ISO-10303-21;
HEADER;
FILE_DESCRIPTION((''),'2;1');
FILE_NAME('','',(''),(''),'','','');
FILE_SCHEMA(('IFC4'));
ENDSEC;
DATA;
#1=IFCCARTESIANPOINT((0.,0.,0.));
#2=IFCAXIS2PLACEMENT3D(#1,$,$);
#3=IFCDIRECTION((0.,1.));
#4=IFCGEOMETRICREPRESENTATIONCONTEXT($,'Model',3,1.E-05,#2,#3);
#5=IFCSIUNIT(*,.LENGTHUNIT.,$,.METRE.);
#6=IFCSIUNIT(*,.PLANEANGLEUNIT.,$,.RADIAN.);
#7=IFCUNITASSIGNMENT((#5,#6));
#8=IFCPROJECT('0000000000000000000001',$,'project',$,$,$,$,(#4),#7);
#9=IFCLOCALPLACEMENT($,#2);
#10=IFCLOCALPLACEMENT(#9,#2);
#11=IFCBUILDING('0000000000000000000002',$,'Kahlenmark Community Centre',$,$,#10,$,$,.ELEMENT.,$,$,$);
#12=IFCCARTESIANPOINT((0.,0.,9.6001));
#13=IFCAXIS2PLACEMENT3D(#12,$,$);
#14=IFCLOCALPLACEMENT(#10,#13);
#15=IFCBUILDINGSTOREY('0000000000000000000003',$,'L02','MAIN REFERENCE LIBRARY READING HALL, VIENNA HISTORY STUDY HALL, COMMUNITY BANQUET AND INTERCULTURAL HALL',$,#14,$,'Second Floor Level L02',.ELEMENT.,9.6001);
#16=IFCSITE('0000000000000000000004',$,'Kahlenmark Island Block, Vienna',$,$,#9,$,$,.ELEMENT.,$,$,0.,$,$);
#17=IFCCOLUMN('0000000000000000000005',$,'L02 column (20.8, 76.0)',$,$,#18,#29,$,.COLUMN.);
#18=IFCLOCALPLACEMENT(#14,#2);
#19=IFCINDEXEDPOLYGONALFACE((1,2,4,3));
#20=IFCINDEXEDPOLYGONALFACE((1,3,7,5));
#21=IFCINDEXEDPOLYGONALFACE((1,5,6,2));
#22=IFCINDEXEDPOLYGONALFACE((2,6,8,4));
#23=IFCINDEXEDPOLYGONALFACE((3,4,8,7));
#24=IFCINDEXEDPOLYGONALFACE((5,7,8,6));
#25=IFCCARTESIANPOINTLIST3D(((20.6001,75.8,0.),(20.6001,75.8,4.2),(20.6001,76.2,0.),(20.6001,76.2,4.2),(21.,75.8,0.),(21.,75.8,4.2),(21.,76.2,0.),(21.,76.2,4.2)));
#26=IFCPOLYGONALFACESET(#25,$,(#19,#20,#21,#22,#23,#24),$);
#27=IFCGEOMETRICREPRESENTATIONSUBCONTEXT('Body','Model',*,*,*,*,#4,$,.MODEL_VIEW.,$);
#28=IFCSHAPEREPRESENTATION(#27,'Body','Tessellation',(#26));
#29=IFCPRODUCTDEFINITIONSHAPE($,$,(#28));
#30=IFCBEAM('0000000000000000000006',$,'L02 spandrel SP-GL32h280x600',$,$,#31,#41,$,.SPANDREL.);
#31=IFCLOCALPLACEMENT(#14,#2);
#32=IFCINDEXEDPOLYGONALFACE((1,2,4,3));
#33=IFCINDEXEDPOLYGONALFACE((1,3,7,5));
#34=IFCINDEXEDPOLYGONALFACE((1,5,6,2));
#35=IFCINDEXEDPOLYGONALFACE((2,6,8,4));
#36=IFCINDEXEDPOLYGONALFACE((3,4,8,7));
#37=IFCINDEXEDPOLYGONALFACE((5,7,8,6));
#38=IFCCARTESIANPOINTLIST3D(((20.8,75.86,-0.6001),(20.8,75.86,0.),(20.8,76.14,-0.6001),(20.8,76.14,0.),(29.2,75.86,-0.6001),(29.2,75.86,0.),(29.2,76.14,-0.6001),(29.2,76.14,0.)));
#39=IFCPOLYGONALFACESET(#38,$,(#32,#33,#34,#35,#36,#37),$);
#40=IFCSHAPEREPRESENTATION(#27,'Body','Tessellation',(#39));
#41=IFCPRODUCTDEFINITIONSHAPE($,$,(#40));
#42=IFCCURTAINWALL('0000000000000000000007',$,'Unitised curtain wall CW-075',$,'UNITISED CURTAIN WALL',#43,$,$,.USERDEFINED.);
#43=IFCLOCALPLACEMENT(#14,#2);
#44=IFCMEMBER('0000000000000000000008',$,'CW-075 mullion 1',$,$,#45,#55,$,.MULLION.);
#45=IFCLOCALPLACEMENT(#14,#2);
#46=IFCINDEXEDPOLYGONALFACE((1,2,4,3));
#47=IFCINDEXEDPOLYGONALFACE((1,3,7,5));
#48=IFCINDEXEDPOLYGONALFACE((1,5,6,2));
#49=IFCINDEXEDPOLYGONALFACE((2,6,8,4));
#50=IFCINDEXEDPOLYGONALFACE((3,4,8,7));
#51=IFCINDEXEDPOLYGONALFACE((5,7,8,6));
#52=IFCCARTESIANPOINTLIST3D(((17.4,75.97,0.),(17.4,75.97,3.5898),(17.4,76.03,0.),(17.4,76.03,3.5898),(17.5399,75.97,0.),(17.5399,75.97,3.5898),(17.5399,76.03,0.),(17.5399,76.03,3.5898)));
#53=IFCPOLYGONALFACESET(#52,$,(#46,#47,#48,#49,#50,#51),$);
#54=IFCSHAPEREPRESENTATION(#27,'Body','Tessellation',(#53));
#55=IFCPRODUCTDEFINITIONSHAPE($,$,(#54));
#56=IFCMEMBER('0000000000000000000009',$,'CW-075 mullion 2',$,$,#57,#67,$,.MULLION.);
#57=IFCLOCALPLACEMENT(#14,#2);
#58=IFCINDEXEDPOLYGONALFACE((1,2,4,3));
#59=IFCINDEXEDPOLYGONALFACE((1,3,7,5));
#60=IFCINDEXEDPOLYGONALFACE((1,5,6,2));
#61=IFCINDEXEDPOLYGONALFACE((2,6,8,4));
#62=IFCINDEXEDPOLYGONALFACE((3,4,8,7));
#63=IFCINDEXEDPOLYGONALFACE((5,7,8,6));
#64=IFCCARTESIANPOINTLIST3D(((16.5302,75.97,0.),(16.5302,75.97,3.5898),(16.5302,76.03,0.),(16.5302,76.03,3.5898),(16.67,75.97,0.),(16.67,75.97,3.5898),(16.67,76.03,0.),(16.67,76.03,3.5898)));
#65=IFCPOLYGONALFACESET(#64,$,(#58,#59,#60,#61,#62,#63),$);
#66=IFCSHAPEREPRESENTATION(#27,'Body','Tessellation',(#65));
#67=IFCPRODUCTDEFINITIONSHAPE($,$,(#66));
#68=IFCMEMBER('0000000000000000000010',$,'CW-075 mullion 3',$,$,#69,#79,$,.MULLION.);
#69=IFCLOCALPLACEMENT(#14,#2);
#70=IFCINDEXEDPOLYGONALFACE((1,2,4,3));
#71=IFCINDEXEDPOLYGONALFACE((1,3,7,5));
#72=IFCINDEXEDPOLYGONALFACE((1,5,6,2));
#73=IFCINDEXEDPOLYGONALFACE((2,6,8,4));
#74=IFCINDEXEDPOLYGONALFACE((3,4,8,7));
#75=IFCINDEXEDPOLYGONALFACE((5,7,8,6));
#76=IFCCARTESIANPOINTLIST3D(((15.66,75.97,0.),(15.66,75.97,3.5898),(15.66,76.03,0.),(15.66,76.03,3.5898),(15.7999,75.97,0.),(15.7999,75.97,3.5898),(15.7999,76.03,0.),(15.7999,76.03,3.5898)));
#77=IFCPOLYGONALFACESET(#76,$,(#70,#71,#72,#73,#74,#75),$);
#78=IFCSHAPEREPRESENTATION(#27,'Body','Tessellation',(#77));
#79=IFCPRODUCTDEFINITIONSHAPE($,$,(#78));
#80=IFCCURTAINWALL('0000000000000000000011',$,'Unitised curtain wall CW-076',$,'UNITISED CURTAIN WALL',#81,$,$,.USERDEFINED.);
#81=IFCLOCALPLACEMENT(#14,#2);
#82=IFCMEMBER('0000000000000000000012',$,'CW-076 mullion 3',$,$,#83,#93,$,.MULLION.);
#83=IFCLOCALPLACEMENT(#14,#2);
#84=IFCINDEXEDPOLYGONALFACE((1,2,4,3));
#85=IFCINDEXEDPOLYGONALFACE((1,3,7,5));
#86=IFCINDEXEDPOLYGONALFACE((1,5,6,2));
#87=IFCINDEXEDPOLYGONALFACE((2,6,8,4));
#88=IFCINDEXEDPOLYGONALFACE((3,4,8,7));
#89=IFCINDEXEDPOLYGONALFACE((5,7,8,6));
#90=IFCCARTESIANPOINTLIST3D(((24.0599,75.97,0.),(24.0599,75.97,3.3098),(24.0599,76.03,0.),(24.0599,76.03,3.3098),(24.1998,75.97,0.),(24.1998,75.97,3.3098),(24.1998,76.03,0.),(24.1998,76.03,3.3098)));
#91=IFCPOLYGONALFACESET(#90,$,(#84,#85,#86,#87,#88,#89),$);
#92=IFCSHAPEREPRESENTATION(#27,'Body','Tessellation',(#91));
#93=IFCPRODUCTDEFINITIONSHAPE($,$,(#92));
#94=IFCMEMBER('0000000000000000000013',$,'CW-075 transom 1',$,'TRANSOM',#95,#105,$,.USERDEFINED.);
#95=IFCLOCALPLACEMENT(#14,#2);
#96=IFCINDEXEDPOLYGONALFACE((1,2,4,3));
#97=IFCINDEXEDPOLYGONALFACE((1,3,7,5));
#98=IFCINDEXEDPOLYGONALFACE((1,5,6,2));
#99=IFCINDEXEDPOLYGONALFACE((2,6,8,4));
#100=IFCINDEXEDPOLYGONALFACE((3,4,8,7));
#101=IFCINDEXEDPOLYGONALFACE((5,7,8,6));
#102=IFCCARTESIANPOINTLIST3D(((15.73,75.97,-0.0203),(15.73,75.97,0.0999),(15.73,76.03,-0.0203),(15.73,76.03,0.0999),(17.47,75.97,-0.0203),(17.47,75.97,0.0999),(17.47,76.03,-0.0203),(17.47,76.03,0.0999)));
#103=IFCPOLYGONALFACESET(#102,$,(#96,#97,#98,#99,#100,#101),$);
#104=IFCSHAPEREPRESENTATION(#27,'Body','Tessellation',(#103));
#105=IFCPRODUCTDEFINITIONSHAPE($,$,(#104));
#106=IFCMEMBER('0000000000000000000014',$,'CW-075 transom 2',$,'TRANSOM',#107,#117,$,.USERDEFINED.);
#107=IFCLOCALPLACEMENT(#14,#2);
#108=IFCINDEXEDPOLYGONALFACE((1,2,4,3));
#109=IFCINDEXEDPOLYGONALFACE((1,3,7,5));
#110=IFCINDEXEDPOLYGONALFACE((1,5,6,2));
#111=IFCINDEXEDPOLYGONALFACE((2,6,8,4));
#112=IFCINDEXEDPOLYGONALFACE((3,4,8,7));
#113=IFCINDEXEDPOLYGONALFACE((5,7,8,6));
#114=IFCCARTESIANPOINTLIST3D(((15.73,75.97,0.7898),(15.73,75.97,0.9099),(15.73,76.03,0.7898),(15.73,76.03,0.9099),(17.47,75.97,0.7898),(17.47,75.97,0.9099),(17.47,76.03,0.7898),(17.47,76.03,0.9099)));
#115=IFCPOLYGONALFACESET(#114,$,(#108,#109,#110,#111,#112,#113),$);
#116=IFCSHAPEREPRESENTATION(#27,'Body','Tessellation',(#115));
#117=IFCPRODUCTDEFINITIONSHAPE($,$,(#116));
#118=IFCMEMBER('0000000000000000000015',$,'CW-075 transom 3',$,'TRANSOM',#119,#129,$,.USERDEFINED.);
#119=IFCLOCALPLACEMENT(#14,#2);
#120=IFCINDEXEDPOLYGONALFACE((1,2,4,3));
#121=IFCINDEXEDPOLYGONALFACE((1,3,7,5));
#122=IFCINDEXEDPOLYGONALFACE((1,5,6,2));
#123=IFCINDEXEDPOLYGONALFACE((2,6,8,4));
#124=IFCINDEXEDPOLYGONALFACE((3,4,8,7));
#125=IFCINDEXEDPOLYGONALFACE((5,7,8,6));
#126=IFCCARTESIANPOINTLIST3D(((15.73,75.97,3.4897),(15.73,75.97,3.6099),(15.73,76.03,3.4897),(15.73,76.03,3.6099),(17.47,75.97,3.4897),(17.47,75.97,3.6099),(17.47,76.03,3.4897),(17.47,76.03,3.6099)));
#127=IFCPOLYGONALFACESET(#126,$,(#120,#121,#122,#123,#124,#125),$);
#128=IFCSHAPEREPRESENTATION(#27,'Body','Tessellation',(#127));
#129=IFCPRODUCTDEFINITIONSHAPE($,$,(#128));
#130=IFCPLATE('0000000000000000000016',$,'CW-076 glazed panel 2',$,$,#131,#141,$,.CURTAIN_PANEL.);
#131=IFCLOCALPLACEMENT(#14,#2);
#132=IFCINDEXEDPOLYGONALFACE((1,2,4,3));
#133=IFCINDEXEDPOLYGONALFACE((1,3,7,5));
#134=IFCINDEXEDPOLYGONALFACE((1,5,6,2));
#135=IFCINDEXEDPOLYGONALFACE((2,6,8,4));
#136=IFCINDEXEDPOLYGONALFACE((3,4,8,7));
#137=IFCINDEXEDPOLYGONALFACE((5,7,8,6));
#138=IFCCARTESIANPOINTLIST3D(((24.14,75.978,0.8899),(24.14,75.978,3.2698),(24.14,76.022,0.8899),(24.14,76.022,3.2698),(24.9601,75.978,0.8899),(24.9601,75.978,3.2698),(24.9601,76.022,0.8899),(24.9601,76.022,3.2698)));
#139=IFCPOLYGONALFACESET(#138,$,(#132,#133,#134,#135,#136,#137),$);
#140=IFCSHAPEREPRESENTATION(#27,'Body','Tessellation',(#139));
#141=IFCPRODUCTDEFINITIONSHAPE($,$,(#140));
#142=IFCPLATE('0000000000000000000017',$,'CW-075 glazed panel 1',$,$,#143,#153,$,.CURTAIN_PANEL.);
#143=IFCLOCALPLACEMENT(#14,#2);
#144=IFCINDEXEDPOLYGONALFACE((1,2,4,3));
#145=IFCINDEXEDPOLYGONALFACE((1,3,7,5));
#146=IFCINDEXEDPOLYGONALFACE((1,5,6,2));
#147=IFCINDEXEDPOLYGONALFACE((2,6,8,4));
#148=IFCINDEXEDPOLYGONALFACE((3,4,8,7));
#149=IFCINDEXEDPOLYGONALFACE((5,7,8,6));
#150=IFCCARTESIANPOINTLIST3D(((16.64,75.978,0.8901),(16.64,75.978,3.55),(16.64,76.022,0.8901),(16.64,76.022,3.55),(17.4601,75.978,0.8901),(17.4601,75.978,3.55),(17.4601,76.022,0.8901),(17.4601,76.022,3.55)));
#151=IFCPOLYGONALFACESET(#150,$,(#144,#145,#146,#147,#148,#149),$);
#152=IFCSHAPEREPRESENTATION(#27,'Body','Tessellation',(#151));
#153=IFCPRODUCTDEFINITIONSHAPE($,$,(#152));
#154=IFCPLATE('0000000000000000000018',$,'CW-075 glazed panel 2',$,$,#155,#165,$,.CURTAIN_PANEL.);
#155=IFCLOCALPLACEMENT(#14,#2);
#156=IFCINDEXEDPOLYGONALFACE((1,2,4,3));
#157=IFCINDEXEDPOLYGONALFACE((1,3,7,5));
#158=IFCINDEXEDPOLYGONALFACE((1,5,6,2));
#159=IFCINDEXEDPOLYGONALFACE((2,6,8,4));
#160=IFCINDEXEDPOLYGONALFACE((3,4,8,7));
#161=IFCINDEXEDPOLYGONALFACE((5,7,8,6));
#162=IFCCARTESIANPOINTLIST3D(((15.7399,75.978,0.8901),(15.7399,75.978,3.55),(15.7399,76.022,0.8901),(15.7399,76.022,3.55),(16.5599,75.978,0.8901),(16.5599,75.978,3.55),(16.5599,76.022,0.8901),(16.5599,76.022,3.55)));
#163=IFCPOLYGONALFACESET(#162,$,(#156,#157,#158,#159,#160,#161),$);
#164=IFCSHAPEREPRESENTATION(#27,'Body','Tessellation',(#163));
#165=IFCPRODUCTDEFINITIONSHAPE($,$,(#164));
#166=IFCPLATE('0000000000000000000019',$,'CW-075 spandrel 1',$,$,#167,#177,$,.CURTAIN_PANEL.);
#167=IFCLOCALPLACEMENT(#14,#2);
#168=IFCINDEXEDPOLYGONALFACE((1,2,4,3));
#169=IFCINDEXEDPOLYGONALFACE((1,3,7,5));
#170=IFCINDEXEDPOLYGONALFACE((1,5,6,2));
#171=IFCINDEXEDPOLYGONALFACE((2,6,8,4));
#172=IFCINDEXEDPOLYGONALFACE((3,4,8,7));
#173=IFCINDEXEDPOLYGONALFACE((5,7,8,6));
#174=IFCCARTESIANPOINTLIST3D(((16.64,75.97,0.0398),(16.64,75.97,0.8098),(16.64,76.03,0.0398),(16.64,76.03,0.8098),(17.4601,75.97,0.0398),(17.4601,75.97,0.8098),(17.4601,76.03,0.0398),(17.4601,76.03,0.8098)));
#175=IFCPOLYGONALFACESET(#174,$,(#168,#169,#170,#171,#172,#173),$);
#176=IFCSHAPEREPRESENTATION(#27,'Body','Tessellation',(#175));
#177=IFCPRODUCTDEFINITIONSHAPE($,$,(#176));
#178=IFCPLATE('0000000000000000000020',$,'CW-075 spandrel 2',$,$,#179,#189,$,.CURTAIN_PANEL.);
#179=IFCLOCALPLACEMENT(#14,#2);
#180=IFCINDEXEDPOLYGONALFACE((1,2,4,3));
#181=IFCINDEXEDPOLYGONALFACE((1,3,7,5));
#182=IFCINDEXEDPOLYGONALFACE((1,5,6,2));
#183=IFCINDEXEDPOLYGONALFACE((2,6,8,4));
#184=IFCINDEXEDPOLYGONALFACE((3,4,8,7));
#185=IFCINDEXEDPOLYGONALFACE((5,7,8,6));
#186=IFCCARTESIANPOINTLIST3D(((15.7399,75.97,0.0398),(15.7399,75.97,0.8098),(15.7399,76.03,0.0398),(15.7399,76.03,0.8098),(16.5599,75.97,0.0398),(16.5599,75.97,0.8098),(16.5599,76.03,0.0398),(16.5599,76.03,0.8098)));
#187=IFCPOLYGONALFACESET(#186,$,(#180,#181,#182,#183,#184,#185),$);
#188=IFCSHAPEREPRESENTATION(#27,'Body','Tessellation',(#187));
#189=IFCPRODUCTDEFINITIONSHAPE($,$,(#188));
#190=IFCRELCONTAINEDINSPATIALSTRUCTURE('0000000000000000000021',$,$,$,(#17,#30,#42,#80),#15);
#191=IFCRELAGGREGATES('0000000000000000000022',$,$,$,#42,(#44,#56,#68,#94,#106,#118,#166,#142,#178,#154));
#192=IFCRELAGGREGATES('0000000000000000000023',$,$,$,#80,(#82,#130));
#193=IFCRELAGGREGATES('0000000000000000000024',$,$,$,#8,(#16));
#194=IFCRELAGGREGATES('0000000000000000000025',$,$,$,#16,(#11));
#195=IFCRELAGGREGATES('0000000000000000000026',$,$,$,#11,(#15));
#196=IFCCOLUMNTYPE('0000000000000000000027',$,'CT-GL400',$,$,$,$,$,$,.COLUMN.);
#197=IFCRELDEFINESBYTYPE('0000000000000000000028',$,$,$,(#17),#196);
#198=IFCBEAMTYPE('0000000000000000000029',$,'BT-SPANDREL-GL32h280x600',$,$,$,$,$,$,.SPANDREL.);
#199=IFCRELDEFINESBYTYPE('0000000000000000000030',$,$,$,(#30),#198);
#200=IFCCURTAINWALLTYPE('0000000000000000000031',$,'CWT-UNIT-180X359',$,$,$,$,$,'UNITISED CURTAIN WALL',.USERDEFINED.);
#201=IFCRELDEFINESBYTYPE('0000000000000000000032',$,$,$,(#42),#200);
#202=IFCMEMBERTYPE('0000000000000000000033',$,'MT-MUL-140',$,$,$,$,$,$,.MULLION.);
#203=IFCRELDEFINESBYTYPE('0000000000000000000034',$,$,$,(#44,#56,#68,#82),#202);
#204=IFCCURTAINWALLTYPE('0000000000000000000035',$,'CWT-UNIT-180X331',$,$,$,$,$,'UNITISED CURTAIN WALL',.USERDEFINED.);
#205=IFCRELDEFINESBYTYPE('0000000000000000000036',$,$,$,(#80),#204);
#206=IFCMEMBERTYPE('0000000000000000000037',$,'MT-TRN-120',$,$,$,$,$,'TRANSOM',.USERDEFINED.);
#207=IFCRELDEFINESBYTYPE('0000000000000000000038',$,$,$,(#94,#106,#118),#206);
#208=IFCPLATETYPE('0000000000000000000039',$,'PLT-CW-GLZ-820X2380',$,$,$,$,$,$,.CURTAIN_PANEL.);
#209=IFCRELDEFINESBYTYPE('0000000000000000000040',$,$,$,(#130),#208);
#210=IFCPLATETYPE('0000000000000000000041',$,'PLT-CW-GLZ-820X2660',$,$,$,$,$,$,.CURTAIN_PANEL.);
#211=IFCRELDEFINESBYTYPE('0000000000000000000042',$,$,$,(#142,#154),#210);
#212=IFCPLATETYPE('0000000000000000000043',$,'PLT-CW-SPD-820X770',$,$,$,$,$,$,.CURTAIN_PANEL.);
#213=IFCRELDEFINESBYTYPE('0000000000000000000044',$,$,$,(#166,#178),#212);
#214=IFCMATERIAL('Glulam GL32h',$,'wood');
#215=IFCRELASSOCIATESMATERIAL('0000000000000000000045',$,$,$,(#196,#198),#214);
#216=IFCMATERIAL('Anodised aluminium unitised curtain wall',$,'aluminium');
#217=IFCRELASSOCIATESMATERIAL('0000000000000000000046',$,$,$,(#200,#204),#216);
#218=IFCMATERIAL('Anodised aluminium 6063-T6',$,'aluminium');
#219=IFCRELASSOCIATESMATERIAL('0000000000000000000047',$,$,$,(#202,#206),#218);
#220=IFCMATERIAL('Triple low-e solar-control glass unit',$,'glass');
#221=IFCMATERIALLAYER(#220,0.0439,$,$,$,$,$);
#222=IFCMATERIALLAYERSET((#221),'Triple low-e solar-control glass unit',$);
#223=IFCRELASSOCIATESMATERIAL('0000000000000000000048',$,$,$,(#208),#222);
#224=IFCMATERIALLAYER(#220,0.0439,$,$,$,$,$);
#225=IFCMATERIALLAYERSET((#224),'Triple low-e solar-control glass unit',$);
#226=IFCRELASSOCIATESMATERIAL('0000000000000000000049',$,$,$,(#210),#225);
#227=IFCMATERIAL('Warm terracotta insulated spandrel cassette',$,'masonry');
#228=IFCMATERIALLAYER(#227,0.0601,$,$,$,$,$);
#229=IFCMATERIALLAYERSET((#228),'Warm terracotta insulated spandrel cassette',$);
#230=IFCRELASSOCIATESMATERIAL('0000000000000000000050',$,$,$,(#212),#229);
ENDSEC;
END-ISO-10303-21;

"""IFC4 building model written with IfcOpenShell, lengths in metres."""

from ifc_helpers import new_model, si_unit, direction, frame, origin, origin_2d, place, context, subcontext, project, spatial, rectangle, extrude, material, layer, layer_set, material_profile, profile_set, type_object, element, aggregate, save


model = new_model("IFC4")

# Units and contexts
model_context = context("Model", 3, precision=1e-05, world=origin(), true_north=direction((0.0, 1.0)))
body_context = subcontext(model_context, "Body", "Model", "MODEL_VIEW")
ifc_project = project(units=[si_unit("LENGTHUNIT", "METRE"), si_unit("PLANEANGLEUNIT", "RADIAN")], contexts=[model_context])

# Site, building, storey
site_placement = place(None, origin())
site = spatial("IfcSite", under=ifc_project, at=site_placement, Name="Kahlenmark Island Block, Vienna", CompositionType="ELEMENT", RefElevation=0.0)
building_placement = place(site_placement, origin())
building = spatial("IfcBuilding", under=site, at=building_placement, Name="Kahlenmark Community Centre", CompositionType="ELEMENT")
storey_placement = place(building_placement, frame((0.0, 0.0, 9.6001)))
storey = spatial("IfcBuildingStorey", under=building, at=storey_placement, Name="L02", Description="MAIN REFERENCE LIBRARY READING HALL, VIENNA HISTORY STUDY HALL, COMMUNITY BANQUET AND INTERCULTURAL HALL", LongName="Second Floor Level L02", CompositionType="ELEMENT", Elevation=9.6001)

# Column
ifc_material_1 = material(Name="Glulam GL32h", Category="wood")
ifc_material_profile_1 = material_profile(ifc_material_1, rectangle(XDim=0.3999, YDim=0.3999, at=origin_2d()), Name="GL32h 400x400")
ifc_profile_set_1 = profile_set([ifc_material_profile_1], Name="Glulam GL32h")
column_type = type_object("IfcColumnType", Name="CT-GL400", PredefinedType="COLUMN", material=ifc_profile_set_1)
column_placement = place(storey_placement, frame((20.8, 76.0, 0.0), z_axis=(0.0, 0.0, 1.0), x_axis=(1.0, 0.0, 0.0)))
element("IfcColumn", 1, at=column_placement, inside=storey, type_object=column_type, Name="L02 column (20.8, 76.0)", PredefinedType="COLUMN", context=body_context, shape_type="SweptSolid", body=[
    extrude(rectangle(XDim=0.3999, YDim=0.3999, at=origin_2d()), origin(), (0.0, 0.0, 1.0), 4.2),
])

# Beam
ifc_material_profile_2 = material_profile(ifc_material_1, rectangle(XDim=0.28, YDim=0.6001, at=origin_2d()), Name="GL32h 280x600")
ifc_profile_set_2 = profile_set([ifc_material_profile_2], Name="Glulam GL32h")
beam_type = type_object("IfcBeamType", Name="BT-SPANDREL-GL32h280x600", PredefinedType="SPANDREL", material=ifc_profile_set_2)
beam_placement = place(storey_placement, frame((20.8, 76.0, -0.3), z_axis=(1.0, 0.0, 0.0), x_axis=(0.0, 1.0, 0.0)))
element("IfcBeam", 2, at=beam_placement, inside=storey, type_object=beam_type, Name="L02 spandrel SP-GL32h280x600", PredefinedType="SPANDREL", context=body_context, shape_type="SweptSolid", body=[
    extrude(rectangle(XDim=0.28, YDim=0.6001, at=origin_2d()), origin(), (0.0, 0.0, 1.0), 8.3999),
])

# Curtain wall, members
ifc_material_2 = material(Name="Anodised aluminium unitised curtain wall", Category="aluminium")
curtain_wall_type_1 = type_object("IfcCurtainWallType", Name="CWT-UNIT-180X359", ElementType="UNITISED CURTAIN WALL", PredefinedType="USERDEFINED", material=ifc_material_2)
curtain_wall_1_placement = place(storey_placement, origin())
curtain_wall_1 = element("IfcCurtainWall", 3, at=curtain_wall_1_placement, inside=storey, type_object=curtain_wall_type_1, Name="Unitised curtain wall CW-075", ObjectType="UNITISED CURTAIN WALL", PredefinedType="USERDEFINED")
ifc_material_3 = material(Name="Anodised aluminium 6063-T6", Category="aluminium")
ifc_material_profile_3 = material_profile(ifc_material_3, rectangle(XDim=0.0601, YDim=0.1399, at=origin_2d()), Name="ALU MULLION 60x140")
ifc_profile_set_3 = profile_set([ifc_material_profile_3], Name="Anodised aluminium 6063-T6")
member_type_1 = type_object("IfcMemberType", Name="MT-MUL-140", PredefinedType="MULLION", material=ifc_profile_set_3)
member_1_placement = place(storey_placement, frame((17.47, 76.0, 0.0), z_axis=(0.0, 0.0, 1.0), x_axis=(0.0, -1.0, 0.0)))
member_1 = element("IfcMember", 4, at=member_1_placement, type_object=member_type_1, Name="CW-075 mullion 1", PredefinedType="MULLION", context=body_context, shape_type="SweptSolid", body=[
    extrude(rectangle(XDim=0.0601, YDim=0.1399, at=origin_2d()), origin(), (0.0, 0.0, 1.0), 3.5898),
])
member_2_placement = place(storey_placement, frame((16.6001, 76.0, 0.0), z_axis=(0.0, 0.0, 1.0), x_axis=(0.0, -1.0, 0.0)))
member_2 = element("IfcMember", 5, at=member_2_placement, type_object=member_type_1, Name="CW-075 mullion 2", PredefinedType="MULLION", context=body_context, shape_type="SweptSolid", body=[
    extrude(rectangle(XDim=0.0601, YDim=0.1399, at=origin_2d()), origin(), (0.0, 0.0, 1.0), 3.5898),
])
member_3_placement = place(storey_placement, frame((15.73, 76.0, 0.0), z_axis=(0.0, 0.0, 1.0), x_axis=(0.0, -1.0, 0.0)))
member_3 = element("IfcMember", 6, at=member_3_placement, type_object=member_type_1, Name="CW-075 mullion 3", PredefinedType="MULLION", context=body_context, shape_type="SweptSolid", body=[
    extrude(rectangle(XDim=0.0601, YDim=0.1399, at=origin_2d()), origin(), (0.0, 0.0, 1.0), 3.5898),
])

# Curtain wall, member
curtain_wall_type_2 = type_object("IfcCurtainWallType", Name="CWT-UNIT-180X331", ElementType="UNITISED CURTAIN WALL", PredefinedType="USERDEFINED", material=ifc_material_2)
curtain_wall_2_placement = place(storey_placement, origin())
curtain_wall_2 = element("IfcCurtainWall", 7, at=curtain_wall_2_placement, inside=storey, type_object=curtain_wall_type_2, Name="Unitised curtain wall CW-076", ObjectType="UNITISED CURTAIN WALL", PredefinedType="USERDEFINED")
member_4_placement = place(storey_placement, frame((24.1299, 76.0, 0.0), z_axis=(0.0, 0.0, 1.0), x_axis=(0.0, -1.0, 0.0)))
member_4 = element("IfcMember", 8, at=member_4_placement, type_object=member_type_1, Name="CW-076 mullion 3", PredefinedType="MULLION", context=body_context, shape_type="SweptSolid", body=[
    extrude(rectangle(XDim=0.0601, YDim=0.1399, at=origin_2d()), origin(), (0.0, 0.0, 1.0), 3.3098),
])

# Members
ifc_material_profile_4 = material_profile(ifc_material_3, rectangle(XDim=0.0601, YDim=0.1201, at=origin_2d()), Name="ALU TRANSOM 60x120")
ifc_profile_set_4 = profile_set([ifc_material_profile_4], Name="Anodised aluminium 6063-T6")
member_type_2 = type_object("IfcMemberType", Name="MT-TRN-120", ElementType="TRANSOM", PredefinedType="USERDEFINED", material=ifc_profile_set_4)
member_5_placement = place(storey_placement, frame((17.47, 76.0, 0.0398), z_axis=(-1.0, 0.0, 0.0), x_axis=(0.0, -1.0, 0.0)))
member_5 = element("IfcMember", 9, at=member_5_placement, type_object=member_type_2, Name="CW-075 transom 1", ObjectType="TRANSOM", PredefinedType="USERDEFINED", context=body_context, shape_type="SweptSolid", body=[
    extrude(rectangle(XDim=0.0601, YDim=0.1201, at=origin_2d()), origin(), (0.0, 0.0, 1.0), 1.74),
])
member_6_placement = place(storey_placement, frame((17.47, 76.0, 0.8499), z_axis=(-1.0, 0.0, 0.0), x_axis=(0.0, -1.0, 0.0)))
member_6 = element("IfcMember", 10, at=member_6_placement, type_object=member_type_2, Name="CW-075 transom 2", ObjectType="TRANSOM", PredefinedType="USERDEFINED", context=body_context, shape_type="SweptSolid", body=[
    extrude(rectangle(XDim=0.0601, YDim=0.1201, at=origin_2d()), origin(), (0.0, 0.0, 1.0), 1.74),
])
member_7_placement = place(storey_placement, frame((17.47, 76.0, 3.5498), z_axis=(-1.0, 0.0, 0.0), x_axis=(0.0, -1.0, 0.0)))
member_7 = element("IfcMember", 11, at=member_7_placement, type_object=member_type_2, Name="CW-075 transom 3", ObjectType="TRANSOM", PredefinedType="USERDEFINED", context=body_context, shape_type="SweptSolid", body=[
    extrude(rectangle(XDim=0.0601, YDim=0.1201, at=origin_2d()), origin(), (0.0, 0.0, 1.0), 1.74),
])

# Plates
ifc_material_4 = material(Name="Triple low-e solar-control glass unit", Category="glass")
ifc_layer_1 = layer(ifc_material_4, 0.0439)
ifc_layer_set_1 = layer_set([ifc_layer_1], Name="Triple low-e solar-control glass unit")
plate_type_1 = type_object("IfcPlateType", Name="PLT-CW-GLZ-820X2380", PredefinedType="CURTAIN_PANEL", material=ifc_layer_set_1)
plate_1_placement = place(storey_placement, frame((24.55, 76.0, 0.8899), z_axis=(0.0, 0.0, 1.0), x_axis=(-1.0, 0.0, 0.0)))
plate_1 = element("IfcPlate", 12, at=plate_1_placement, type_object=plate_type_1, Name="CW-076 glazed panel 2", PredefinedType="CURTAIN_PANEL", context=body_context, shape_type="SweptSolid", body=[
    extrude(rectangle(XDim=0.8201, YDim=0.0439, at=origin_2d()), origin(), (0.0, 0.0, 1.0), 2.3799),
])
ifc_layer_2 = layer(ifc_material_4, 0.0439)
ifc_layer_set_2 = layer_set([ifc_layer_2], Name="Triple low-e solar-control glass unit")
plate_type_2 = type_object("IfcPlateType", Name="PLT-CW-GLZ-820X2660", PredefinedType="CURTAIN_PANEL", material=ifc_layer_set_2)
plate_2_placement = place(storey_placement, frame((17.05, 76.0, 0.8901), z_axis=(0.0, 0.0, 1.0), x_axis=(-1.0, 0.0, 0.0)))
plate_2 = element("IfcPlate", 13, at=plate_2_placement, type_object=plate_type_2, Name="CW-075 glazed panel 1", PredefinedType="CURTAIN_PANEL", context=body_context, shape_type="SweptSolid", body=[
    extrude(rectangle(XDim=0.8201, YDim=0.0439, at=origin_2d()), origin(), (0.0, 0.0, 1.0), 2.6599),
])
plate_3_placement = place(storey_placement, frame((16.1499, 76.0, 0.8901), z_axis=(0.0, 0.0, 1.0), x_axis=(-1.0, 0.0, 0.0)))
plate_3 = element("IfcPlate", 14, at=plate_3_placement, type_object=plate_type_2, Name="CW-075 glazed panel 2", PredefinedType="CURTAIN_PANEL", context=body_context, shape_type="SweptSolid", body=[
    extrude(rectangle(XDim=0.8201, YDim=0.0439, at=origin_2d()), origin(), (0.0, 0.0, 1.0), 2.6599),
])
ifc_material_5 = material(Name="Warm terracotta insulated spandrel cassette", Category="masonry")
ifc_layer_3 = layer(ifc_material_5, 0.0601)
ifc_layer_set_3 = layer_set([ifc_layer_3], Name="Warm terracotta insulated spandrel cassette")
plate_type_3 = type_object("IfcPlateType", Name="PLT-CW-SPD-820X770", PredefinedType="CURTAIN_PANEL", material=ifc_layer_set_3)
plate_4_placement = place(storey_placement, frame((17.05, 76.0, 0.0398), z_axis=(0.0, 0.0, 1.0), x_axis=(-1.0, 0.0, 0.0)))
plate_4 = element("IfcPlate", 15, at=plate_4_placement, type_object=plate_type_3, Name="CW-075 spandrel 1", PredefinedType="CURTAIN_PANEL", context=body_context, shape_type="SweptSolid", body=[
    extrude(rectangle(XDim=0.8201, YDim=0.0601, at=origin_2d()), origin(), (0.0, 0.0, 1.0), 0.77),
])
plate_5_placement = place(storey_placement, frame((16.1499, 76.0, 0.0398), z_axis=(0.0, 0.0, 1.0), x_axis=(-1.0, 0.0, 0.0)))
plate_5 = element("IfcPlate", 16, at=plate_5_placement, type_object=plate_type_3, Name="CW-075 spandrel 2", PredefinedType="CURTAIN_PANEL", context=body_context, shape_type="SweptSolid", body=[
    extrude(rectangle(XDim=0.8201, YDim=0.0601, at=origin_2d()), origin(), (0.0, 0.0, 1.0), 0.77),
])
aggregate(curtain_wall_1, [member_1, member_2, member_3, member_5, member_6, member_7, plate_4, plate_2, plate_5, plate_3])
aggregate(curtain_wall_2, [member_4, plate_1])

save(model, "model.ifc")
